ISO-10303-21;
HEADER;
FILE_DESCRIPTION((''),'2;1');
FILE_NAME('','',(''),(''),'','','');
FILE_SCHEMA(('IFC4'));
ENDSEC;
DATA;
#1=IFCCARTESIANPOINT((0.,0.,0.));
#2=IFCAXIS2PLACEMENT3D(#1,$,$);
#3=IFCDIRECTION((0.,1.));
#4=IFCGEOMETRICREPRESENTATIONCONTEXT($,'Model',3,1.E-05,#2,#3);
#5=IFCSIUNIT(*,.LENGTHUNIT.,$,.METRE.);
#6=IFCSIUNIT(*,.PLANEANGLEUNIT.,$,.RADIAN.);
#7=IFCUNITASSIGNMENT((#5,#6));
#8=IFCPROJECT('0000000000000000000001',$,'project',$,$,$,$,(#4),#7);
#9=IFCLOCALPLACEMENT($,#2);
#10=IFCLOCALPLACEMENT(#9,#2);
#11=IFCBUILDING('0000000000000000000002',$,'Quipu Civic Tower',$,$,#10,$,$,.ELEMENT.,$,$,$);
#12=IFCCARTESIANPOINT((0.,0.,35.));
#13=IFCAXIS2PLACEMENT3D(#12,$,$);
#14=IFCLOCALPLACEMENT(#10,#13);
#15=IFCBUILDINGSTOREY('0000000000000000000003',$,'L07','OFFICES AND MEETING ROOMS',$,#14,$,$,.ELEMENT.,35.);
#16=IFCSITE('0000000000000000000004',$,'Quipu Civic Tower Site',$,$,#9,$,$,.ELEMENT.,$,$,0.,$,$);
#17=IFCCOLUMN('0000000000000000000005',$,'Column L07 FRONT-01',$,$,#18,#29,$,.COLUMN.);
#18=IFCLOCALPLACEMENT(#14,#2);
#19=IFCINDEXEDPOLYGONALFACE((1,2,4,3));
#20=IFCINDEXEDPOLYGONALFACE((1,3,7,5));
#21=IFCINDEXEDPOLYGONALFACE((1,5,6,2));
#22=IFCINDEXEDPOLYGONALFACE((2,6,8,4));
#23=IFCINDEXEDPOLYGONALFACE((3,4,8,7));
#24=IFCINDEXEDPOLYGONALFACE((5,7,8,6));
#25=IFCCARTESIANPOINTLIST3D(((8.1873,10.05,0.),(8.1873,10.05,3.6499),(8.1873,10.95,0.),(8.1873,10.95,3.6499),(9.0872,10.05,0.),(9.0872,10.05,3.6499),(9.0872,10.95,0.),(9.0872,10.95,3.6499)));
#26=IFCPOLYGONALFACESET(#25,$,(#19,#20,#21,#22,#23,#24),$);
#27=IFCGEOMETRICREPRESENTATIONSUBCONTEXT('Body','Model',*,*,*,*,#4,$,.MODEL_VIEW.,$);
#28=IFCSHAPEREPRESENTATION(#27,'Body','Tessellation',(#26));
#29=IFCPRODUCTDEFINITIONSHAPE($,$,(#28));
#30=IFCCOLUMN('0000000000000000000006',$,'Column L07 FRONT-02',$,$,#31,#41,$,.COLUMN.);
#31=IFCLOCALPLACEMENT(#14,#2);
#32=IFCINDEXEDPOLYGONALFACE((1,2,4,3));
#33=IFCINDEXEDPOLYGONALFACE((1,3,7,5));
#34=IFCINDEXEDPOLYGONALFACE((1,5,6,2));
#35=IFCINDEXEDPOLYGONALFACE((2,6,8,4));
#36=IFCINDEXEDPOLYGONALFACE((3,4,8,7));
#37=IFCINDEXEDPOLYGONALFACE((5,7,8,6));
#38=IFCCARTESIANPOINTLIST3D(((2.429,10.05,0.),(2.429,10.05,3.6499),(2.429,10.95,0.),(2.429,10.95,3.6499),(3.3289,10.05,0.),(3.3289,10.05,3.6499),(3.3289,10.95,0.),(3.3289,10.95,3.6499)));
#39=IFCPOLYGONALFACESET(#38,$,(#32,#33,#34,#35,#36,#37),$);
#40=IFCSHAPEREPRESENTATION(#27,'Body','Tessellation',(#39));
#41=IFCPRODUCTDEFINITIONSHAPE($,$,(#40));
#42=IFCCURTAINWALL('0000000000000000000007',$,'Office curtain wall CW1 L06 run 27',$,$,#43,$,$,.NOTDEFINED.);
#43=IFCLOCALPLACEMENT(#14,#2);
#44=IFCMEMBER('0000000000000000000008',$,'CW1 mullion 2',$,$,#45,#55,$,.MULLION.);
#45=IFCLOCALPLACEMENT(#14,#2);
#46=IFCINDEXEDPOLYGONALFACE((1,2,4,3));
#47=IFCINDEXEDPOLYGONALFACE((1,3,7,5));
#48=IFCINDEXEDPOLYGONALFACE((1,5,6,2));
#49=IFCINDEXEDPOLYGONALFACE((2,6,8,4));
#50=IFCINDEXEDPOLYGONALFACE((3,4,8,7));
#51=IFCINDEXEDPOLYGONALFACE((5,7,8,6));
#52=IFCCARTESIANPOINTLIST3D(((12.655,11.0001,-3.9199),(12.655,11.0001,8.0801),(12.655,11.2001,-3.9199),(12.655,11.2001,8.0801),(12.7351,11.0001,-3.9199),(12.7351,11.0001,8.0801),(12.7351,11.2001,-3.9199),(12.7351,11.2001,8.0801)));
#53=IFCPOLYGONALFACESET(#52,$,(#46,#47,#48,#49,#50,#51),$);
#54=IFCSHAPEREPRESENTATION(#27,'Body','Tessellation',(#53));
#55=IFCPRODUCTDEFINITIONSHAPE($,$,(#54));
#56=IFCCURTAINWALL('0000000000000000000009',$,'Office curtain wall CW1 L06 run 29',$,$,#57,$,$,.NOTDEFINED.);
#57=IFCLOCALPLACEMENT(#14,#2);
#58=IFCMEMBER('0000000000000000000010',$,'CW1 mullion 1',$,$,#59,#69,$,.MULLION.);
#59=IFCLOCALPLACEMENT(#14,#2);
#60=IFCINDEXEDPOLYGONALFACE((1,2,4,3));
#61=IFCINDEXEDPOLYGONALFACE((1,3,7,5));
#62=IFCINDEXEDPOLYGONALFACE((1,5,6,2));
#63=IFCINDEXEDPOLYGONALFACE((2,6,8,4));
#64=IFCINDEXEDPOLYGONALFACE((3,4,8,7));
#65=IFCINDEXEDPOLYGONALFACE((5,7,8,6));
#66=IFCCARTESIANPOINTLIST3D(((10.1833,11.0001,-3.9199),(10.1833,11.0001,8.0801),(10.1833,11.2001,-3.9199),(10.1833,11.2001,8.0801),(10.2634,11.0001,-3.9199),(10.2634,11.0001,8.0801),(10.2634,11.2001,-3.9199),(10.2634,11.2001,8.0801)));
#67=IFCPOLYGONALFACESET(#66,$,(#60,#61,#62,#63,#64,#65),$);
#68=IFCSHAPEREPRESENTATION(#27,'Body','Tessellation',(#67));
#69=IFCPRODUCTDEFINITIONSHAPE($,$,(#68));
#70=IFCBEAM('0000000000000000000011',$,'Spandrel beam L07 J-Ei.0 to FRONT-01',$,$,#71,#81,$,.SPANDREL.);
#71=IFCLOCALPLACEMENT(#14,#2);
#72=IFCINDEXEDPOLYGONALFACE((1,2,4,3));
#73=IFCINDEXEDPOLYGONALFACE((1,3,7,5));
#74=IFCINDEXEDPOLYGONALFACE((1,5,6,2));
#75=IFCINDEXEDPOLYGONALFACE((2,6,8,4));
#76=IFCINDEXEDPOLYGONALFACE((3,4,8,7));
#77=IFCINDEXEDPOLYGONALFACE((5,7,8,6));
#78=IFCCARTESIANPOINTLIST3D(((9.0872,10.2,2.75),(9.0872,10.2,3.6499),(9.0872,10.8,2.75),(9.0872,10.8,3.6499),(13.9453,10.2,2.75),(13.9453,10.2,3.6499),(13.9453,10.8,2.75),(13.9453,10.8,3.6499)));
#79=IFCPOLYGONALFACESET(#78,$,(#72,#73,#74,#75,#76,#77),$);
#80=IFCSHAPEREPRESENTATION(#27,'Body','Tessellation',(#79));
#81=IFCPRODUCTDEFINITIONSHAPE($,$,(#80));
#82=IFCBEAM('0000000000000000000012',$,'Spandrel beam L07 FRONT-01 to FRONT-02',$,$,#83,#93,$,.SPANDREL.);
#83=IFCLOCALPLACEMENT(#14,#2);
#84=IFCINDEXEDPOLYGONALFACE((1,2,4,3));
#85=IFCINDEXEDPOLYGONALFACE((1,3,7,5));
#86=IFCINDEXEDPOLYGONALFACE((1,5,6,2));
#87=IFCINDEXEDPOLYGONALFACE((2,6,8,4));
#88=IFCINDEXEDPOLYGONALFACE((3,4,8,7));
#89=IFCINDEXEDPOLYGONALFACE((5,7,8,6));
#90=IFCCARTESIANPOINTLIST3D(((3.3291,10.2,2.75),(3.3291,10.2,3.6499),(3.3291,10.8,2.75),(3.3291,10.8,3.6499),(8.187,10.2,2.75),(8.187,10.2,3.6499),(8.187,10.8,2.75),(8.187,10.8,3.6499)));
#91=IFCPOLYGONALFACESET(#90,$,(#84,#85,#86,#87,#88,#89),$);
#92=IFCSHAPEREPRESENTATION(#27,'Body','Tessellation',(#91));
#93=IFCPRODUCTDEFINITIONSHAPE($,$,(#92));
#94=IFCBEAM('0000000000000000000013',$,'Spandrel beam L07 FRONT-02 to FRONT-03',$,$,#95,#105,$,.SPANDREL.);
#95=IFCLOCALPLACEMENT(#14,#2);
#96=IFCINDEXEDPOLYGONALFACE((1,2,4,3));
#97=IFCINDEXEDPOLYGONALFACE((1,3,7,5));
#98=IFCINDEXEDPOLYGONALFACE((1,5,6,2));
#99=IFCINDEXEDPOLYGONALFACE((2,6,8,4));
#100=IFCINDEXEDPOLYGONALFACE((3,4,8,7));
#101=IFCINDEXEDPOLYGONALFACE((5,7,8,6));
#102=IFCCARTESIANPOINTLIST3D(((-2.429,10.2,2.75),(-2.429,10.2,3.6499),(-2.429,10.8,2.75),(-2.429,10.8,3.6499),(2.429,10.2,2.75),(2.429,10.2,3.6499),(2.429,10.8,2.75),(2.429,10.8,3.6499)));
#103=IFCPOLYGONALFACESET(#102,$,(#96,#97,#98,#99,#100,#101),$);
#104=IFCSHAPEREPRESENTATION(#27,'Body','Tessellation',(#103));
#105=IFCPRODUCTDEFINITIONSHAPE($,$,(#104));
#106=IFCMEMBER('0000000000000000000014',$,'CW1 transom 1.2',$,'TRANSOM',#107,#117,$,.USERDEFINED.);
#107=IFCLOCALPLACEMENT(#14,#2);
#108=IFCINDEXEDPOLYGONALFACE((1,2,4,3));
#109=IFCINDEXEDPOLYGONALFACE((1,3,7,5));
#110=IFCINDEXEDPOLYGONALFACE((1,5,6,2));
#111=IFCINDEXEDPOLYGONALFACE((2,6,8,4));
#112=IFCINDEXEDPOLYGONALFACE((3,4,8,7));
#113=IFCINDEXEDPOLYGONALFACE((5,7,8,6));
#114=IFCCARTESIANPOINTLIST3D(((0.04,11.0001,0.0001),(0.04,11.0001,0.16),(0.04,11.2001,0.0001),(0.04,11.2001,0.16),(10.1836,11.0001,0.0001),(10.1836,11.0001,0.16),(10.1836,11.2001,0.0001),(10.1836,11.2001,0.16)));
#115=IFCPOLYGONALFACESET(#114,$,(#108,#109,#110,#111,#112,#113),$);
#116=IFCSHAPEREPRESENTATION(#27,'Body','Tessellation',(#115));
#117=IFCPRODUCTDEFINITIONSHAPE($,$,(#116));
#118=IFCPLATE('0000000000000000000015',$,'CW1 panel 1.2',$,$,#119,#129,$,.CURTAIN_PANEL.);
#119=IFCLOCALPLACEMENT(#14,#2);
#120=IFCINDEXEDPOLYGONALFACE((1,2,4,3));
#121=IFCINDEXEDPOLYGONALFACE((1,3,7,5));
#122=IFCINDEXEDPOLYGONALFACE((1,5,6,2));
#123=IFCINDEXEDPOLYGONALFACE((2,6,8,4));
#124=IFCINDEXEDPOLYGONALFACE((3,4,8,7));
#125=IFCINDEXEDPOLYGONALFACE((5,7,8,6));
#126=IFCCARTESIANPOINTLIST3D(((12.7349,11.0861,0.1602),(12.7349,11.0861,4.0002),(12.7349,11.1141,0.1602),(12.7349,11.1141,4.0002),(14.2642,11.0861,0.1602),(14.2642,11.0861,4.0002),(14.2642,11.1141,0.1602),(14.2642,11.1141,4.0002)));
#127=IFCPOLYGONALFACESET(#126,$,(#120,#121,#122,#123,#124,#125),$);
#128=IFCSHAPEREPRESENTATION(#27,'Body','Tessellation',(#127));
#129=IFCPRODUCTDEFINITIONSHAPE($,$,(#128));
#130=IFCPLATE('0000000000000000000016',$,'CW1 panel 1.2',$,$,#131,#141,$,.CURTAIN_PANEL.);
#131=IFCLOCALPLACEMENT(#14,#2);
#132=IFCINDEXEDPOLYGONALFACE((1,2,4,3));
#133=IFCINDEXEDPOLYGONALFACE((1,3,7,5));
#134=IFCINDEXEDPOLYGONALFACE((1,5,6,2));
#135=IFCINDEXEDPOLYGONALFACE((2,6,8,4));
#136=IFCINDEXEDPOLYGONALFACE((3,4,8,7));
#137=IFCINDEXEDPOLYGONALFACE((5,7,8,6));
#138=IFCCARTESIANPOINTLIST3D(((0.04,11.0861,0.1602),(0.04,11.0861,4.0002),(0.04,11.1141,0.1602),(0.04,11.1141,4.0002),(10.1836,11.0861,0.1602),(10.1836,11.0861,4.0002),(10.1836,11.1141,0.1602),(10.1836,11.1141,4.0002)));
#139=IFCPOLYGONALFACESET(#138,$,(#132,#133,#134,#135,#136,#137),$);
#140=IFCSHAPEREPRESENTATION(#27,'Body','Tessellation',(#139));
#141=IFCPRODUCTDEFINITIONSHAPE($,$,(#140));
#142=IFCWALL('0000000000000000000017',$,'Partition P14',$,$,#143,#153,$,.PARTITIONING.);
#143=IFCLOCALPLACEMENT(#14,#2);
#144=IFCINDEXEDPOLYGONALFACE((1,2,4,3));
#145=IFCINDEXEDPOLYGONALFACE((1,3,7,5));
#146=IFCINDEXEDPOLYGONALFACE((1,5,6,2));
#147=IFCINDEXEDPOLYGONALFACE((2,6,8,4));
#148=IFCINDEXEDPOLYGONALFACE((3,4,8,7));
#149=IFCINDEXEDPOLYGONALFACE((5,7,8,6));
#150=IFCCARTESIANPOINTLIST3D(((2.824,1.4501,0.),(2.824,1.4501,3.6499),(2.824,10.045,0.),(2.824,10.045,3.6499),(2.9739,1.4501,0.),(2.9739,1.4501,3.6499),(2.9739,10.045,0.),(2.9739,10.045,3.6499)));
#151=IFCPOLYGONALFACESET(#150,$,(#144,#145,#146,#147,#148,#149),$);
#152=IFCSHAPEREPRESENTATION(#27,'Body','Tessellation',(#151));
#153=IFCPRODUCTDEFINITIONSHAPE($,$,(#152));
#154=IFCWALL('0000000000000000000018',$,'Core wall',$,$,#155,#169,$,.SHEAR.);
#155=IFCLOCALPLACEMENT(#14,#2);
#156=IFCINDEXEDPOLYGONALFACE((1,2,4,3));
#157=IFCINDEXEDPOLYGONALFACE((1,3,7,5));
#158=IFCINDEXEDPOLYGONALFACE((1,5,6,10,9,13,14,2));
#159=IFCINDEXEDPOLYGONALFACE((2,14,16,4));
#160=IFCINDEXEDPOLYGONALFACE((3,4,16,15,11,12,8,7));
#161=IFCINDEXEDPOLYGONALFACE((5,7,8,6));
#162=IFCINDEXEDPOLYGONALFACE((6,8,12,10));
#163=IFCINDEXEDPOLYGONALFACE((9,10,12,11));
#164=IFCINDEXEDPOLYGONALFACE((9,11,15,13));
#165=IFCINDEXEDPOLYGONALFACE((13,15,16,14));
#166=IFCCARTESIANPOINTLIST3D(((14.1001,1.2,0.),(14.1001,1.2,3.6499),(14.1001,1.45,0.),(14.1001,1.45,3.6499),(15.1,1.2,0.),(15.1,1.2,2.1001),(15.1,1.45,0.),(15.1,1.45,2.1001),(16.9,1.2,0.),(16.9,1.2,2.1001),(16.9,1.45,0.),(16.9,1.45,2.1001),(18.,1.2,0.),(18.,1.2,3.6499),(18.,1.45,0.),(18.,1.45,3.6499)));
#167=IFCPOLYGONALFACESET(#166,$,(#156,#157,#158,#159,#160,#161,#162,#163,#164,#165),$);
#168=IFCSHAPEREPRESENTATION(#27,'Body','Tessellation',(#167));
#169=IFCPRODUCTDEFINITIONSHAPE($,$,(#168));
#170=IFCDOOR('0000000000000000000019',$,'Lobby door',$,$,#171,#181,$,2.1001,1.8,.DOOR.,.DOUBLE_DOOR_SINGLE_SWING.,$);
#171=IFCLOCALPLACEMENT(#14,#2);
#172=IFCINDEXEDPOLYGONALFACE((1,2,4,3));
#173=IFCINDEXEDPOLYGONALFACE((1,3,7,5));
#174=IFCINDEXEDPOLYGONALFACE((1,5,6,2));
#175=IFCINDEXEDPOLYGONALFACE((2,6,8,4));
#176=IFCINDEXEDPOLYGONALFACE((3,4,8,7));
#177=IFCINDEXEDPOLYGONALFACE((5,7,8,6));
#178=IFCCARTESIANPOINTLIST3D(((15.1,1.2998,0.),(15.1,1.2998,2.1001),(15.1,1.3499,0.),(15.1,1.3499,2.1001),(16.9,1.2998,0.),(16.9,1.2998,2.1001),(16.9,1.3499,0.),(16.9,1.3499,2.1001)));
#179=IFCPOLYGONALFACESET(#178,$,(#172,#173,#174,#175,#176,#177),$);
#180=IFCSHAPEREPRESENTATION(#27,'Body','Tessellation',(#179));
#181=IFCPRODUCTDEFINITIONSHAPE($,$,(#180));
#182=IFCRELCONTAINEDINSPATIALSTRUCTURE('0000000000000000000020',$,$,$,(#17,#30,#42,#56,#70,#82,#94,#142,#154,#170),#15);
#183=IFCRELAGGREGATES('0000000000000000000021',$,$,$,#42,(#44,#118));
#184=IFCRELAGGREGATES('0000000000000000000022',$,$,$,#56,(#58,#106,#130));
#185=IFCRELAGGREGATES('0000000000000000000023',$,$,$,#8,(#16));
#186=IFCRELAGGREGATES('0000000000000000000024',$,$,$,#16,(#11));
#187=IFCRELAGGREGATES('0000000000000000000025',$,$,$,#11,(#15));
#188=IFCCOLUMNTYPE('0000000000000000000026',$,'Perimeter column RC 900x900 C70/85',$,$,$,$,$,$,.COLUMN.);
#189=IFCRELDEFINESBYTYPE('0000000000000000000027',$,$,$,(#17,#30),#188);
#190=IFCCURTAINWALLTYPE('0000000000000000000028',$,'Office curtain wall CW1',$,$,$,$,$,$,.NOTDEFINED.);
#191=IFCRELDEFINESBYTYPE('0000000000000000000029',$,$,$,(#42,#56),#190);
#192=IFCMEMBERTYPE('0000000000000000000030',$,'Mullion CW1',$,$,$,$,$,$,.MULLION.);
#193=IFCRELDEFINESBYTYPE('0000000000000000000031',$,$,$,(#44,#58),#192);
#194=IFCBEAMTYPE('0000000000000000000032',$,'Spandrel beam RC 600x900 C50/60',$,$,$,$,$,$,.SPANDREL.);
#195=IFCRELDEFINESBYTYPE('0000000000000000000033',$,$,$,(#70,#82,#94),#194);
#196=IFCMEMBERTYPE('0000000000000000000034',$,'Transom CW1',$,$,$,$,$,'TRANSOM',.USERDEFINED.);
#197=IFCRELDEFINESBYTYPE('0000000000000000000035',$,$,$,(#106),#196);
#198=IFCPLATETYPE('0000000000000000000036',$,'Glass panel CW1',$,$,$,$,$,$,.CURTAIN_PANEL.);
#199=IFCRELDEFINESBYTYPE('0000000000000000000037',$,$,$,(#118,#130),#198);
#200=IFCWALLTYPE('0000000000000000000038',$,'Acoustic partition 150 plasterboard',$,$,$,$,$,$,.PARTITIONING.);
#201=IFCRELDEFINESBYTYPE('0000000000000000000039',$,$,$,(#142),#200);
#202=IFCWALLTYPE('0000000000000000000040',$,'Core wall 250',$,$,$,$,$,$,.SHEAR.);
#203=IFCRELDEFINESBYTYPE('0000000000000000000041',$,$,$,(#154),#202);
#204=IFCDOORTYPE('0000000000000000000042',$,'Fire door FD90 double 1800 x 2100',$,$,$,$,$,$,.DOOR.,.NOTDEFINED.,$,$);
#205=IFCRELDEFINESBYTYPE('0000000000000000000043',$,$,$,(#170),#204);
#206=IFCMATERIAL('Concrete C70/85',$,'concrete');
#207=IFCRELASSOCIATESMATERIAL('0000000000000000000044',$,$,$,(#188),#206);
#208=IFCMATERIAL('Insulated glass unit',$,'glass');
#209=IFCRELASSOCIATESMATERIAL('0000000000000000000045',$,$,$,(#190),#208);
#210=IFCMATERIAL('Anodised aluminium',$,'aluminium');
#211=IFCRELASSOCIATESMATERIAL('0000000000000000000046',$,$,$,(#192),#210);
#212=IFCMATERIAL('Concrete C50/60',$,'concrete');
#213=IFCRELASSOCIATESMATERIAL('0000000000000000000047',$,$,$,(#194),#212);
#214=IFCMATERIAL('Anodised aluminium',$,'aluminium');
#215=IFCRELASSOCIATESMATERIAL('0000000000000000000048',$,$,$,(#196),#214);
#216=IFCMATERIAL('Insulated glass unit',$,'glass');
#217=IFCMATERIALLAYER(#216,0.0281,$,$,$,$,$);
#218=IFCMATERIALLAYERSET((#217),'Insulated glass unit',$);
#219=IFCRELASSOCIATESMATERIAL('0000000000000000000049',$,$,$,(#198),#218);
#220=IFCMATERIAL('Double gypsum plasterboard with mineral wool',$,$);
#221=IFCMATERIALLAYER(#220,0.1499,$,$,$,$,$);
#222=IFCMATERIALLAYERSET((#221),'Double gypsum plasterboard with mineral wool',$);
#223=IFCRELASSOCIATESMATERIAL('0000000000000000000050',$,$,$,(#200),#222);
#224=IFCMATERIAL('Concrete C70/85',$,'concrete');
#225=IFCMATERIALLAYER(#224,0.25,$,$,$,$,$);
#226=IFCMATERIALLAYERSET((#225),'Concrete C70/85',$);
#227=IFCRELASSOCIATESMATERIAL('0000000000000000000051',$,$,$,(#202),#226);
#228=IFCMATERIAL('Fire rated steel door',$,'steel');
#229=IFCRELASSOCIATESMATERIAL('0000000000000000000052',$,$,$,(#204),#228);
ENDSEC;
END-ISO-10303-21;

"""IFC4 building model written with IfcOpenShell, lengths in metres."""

from ifc_helpers import new_model, si_unit, direction, frame, frame_2d, origin, origin_2d, place, context, subcontext, project, spatial, rectangle, extrude, material, layer, layer_set, material_profile, profile_set, type_object, element, fill, aggregate, save


model = new_model("IFC4")

# Units and contexts
model_context = context("Model", 3, precision=1e-05, world=origin(), true_north=direction((0.0, 1.0)))
body_context = subcontext(model_context, "Body", "Model", "MODEL_VIEW")
ifc_project = project(units=[si_unit("LENGTHUNIT", "METRE"), si_unit("PLANEANGLEUNIT", "RADIAN")], contexts=[model_context])

# Site, building, storey
site_placement = place(None, origin())
site = spatial("IfcSite", under=ifc_project, at=site_placement, Name="Quipu Civic Tower Site", CompositionType="ELEMENT", RefElevation=0.0)
building_placement = place(site_placement, origin())
building = spatial("IfcBuilding", under=site, at=building_placement, Name="Quipu Civic Tower", CompositionType="ELEMENT")
storey_placement = place(building_placement, frame((0.0, 0.0, 35.0)))
storey = spatial("IfcBuildingStorey", under=building, at=storey_placement, Name="L07", Description="OFFICES AND MEETING ROOMS", CompositionType="ELEMENT", Elevation=35.0)

# Columns
ifc_material_1 = material(Name="Concrete C70/85", Category="concrete")
ifc_material_profile_1 = material_profile(ifc_material_1, rectangle(XDim=0.8999, YDim=0.8999, at=origin_2d()), Name="RC900x900")
ifc_profile_set_1 = profile_set([ifc_material_profile_1], Name="Concrete C70/85")
column_type = type_object("IfcColumnType", Name="Perimeter column RC 900x900 C70/85", PredefinedType="COLUMN", material=ifc_profile_set_1)
for number, where, z_axis, x_axis, name in (
    (1, (8.6372, 10.5, 0.0), (0.0, 0.0, 1.0), (-1.0, 0.0, 0.0), "Column L07 FRONT-01"),
    (2, (2.8789, 10.5, 0.0), (0.0, 0.0, 1.0), (-1.0, 0.0, 0.0), "Column L07 FRONT-02"),
):
    element("IfcColumn", number, at=place(storey_placement, frame(where, z_axis=z_axis, x_axis=x_axis)), inside=storey, type_object=column_type, Name=name, PredefinedType="COLUMN", context=body_context, shape_type="SweptSolid", body=[
        extrude(rectangle(XDim=0.8999, YDim=0.8999, at=origin_2d()), origin(), (0.0, 0.0, 1.0), 3.6499),
    ])

# Curtain walls, members
ifc_material_2 = material(Name="Insulated glass unit", Category="glass")
curtain_wall_type = type_object("IfcCurtainWallType", Name="Office curtain wall CW1", PredefinedType="NOTDEFINED", material=ifc_material_2)
curtain_wall_1_placement = place(storey_placement, origin())
curtain_wall_1 = element("IfcCurtainWall", 3, at=curtain_wall_1_placement, inside=storey, type_object=curtain_wall_type, Name="Office curtain wall CW1 L06 run 27", PredefinedType="NOTDEFINED")
ifc_material_3 = material(Name="Anodised aluminium", Category="aluminium")
ifc_material_profile_2 = material_profile(ifc_material_3, rectangle(XDim=0.2, YDim=0.0801, at=origin_2d()), Name="RECT 200x80")
ifc_profile_set_2 = profile_set([ifc_material_profile_2], Name="Anodised aluminium")
member_type_1 = type_object("IfcMemberType", Name="Mullion CW1", PredefinedType="MULLION", material=ifc_profile_set_2)
member_1_placement = place(storey_placement, frame((12.6951, 11.1001, -3.9199), z_axis=(0.0, 0.0, 1.0), x_axis=(0.0, -1.0, 0.0)))
member_1 = element("IfcMember", 4, at=member_1_placement, type_object=member_type_1, Name="CW1 mullion 2", PredefinedType="MULLION", context=body_context, shape_type="SweptSolid", body=[
    extrude(rectangle(XDim=0.2, YDim=0.0801, at=origin_2d()), origin(), (0.0, 0.0, 1.0), 12.0),
])
curtain_wall_2_placement = place(storey_placement, origin())
curtain_wall_2 = element("IfcCurtainWall", 5, at=curtain_wall_2_placement, inside=storey, type_object=curtain_wall_type, Name="Office curtain wall CW1 L06 run 29", PredefinedType="NOTDEFINED")
member_2_placement = place(storey_placement, frame((10.2234, 11.1001, -3.9199), z_axis=(0.0, 0.0, 1.0), x_axis=(0.0, -1.0, 0.0)))
member_2 = element("IfcMember", 6, at=member_2_placement, type_object=member_type_1, Name="CW1 mullion 1", PredefinedType="MULLION", context=body_context, shape_type="SweptSolid", body=[
    extrude(rectangle(XDim=0.2, YDim=0.0801, at=origin_2d()), origin(), (0.0, 0.0, 1.0), 12.0),
])

# Beams
ifc_material_4 = material(Name="Concrete C50/60", Category="concrete")
ifc_material_profile_3 = material_profile(ifc_material_4, rectangle(XDim=0.6001, YDim=0.8999, at=origin_2d()), Name="RC600x900")
ifc_profile_set_3 = profile_set([ifc_material_profile_3], Name="Concrete C50/60")
beam_type = type_object("IfcBeamType", Name="Spandrel beam RC 600x900 C50/60", PredefinedType="SPANDREL", material=ifc_profile_set_3)
beam_placement = place(storey_placement, frame((13.9453, 10.5, 3.2), z_axis=(-1.0, 0.0, 0.0), x_axis=(0.0, -1.0, 0.0)))
element("IfcBeam", 7, at=beam_placement, inside=storey, type_object=beam_type, Name="Spandrel beam L07 J-Ei.0 to FRONT-01", PredefinedType="SPANDREL", context=body_context, shape_type="SweptSolid", body=[
    extrude(rectangle(XDim=0.6001, YDim=0.8999, at=origin_2d()), origin(), (0.0, 0.0, 1.0), 4.8582),
])
for number, where, z_axis, x_axis, name in (
    (8, (8.187, 10.5, 3.2), (-1.0, 0.0, 0.0), (0.0, -1.0, 0.0), "Spandrel beam L07 FRONT-01 to FRONT-02"),
    (9, (2.429, 10.5, 3.2), (-1.0, 0.0, 0.0), (0.0, -1.0, 0.0), "Spandrel beam L07 FRONT-02 to FRONT-03"),
):
    element("IfcBeam", number, at=place(storey_placement, frame(where, z_axis=z_axis, x_axis=x_axis)), inside=storey, type_object=beam_type, Name=name, PredefinedType="SPANDREL", context=body_context, shape_type="SweptSolid", body=[
        extrude(rectangle(XDim=0.6001, YDim=0.8999, at=origin_2d()), origin(), (0.0, 0.0, 1.0), 4.8579),
    ])

# Member
ifc_material_5 = material(Name="Anodised aluminium", Category="aluminium")
ifc_material_profile_4 = material_profile(ifc_material_5, rectangle(XDim=0.2, YDim=0.1599, at=origin_2d()), Name="RECT 200x160")
ifc_profile_set_4 = profile_set([ifc_material_profile_4], Name="Anodised aluminium")
member_type_2 = type_object("IfcMemberType", Name="Transom CW1", ElementType="TRANSOM", PredefinedType="USERDEFINED", material=ifc_profile_set_4)
member_3_placement = place(storey_placement, frame((10.1836, 11.1001, 0.0801), z_axis=(-1.0, 0.0, 0.0), x_axis=(0.0, -1.0, 0.0)))
member_3 = element("IfcMember", 10, at=member_3_placement, type_object=member_type_2, Name="CW1 transom 1.2", ObjectType="TRANSOM", PredefinedType="USERDEFINED", context=body_context, shape_type="SweptSolid", body=[
    extrude(rectangle(XDim=0.2, YDim=0.1599, at=origin_2d()), origin(), (0.0, 0.0, 1.0), 10.1436),
])

# Plates
ifc_material_6 = material(Name="Insulated glass unit", Category="glass")
ifc_layer_1 = layer(ifc_material_6, 0.0281)
ifc_layer_set_1 = layer_set([ifc_layer_1], Name="Insulated glass unit")
plate_type = type_object("IfcPlateType", Name="Glass panel CW1", PredefinedType="CURTAIN_PANEL", material=ifc_layer_set_1)
plate_1_placement = place(storey_placement, frame((13.4995, 11.1001, 0.1602), z_axis=(0.0, 0.0, 1.0), x_axis=(-1.0, 0.0, 0.0)))
plate_1 = element("IfcPlate", 11, at=plate_1_placement, type_object=plate_type, Name="CW1 panel 1.2", PredefinedType="CURTAIN_PANEL", context=body_context, shape_type="SweptSolid", body=[
    extrude(rectangle(XDim=1.5293, YDim=0.0281, at=origin_2d()), origin(), (0.0, 0.0, 1.0), 3.8401),
])
aggregate(curtain_wall_1, [member_1, plate_1])
plate_2_placement = place(storey_placement, frame((5.1118, 11.1001, 0.1602), z_axis=(0.0, 0.0, 1.0), x_axis=(-1.0, 0.0, 0.0)))
plate_2 = element("IfcPlate", 12, at=plate_2_placement, type_object=plate_type, Name="CW1 panel 1.2", PredefinedType="CURTAIN_PANEL", context=body_context, shape_type="SweptSolid", body=[
    extrude(rectangle(XDim=10.1436, YDim=0.0281, at=origin_2d()), origin(), (0.0, 0.0, 1.0), 3.8401),
])
aggregate(curtain_wall_2, [member_2, member_3, plate_2])

# Wall
ifc_material_7 = material(Name="Double gypsum plasterboard with mineral wool")
ifc_layer_2 = layer(ifc_material_7, 0.1499)
ifc_layer_set_2 = layer_set([ifc_layer_2], Name="Double gypsum plasterboard with mineral wool")
wall_type_1 = type_object("IfcWallType", Name="Acoustic partition 150 plasterboard", PredefinedType="PARTITIONING", material=ifc_layer_set_2)
wall_1_placement = place(storey_placement, frame((2.8989, 10.0449, 0.0), z_axis=(0.0, 0.0, 1.0), x_axis=(0.0, -1.0, 0.0)))
element("IfcWall", 13, at=wall_1_placement, inside=storey, type_object=wall_type_1, Name="Partition P14", PredefinedType="PARTITIONING", context=body_context, shape_type="SweptSolid", body=[
    extrude(rectangle(XDim=8.595, YDim=0.1499, at=frame_2d((4.2974, 0.0))), origin(), (0.0, 0.0, 1.0), 3.6499),
])

# Wall, opening, door
ifc_material_8 = material(Name="Concrete C70/85", Category="concrete")
ifc_layer_3 = layer(ifc_material_8, 0.25)
ifc_layer_set_3 = layer_set([ifc_layer_3], Name="Concrete C70/85")
wall_type_2 = type_object("IfcWallType", Name="Core wall 250", PredefinedType="SHEAR", material=ifc_layer_set_3)
wall_2_placement = place(storey_placement, frame((14.1001, 1.325, 0.0), z_axis=(0.0, 0.0, 1.0), x_axis=(1.0, 0.0, 0.0)))
wall_2 = element("IfcWall", 14, at=wall_2_placement, inside=storey, type_object=wall_type_2, Name="Core wall", PredefinedType="SHEAR", context=body_context, shape_type="SweptSolid", body=[
    extrude(rectangle(XDim=3.8999, YDim=0.25, at=frame_2d((1.95, 0.0))), origin(), (0.0, 0.0, 1.0), 3.6499),
])
opening_1_placement = place(wall_2_placement, frame((1.0, 0.0, 0.0)))
opening_1 = element("IfcOpeningElement", 15, at=opening_1_placement, cuts=wall_2, PredefinedType="OPENING", context=body_context, shape_type="SweptSolid", body=[
    extrude(rectangle(XDim=1.8, YDim=2.1001, at=frame_2d((0.8999, 1.05))), frame((0.0, 0.135, 0.0), z_axis=(0.0, -1.0, 0.0), x_axis=(1.0, 0.0, 0.0)), (0.0, 0.0, 1.0), 0.27),
])
ifc_material_9 = material(Name="Fire rated steel door", Category="steel")
door_type = type_object("IfcDoorType", Name="Fire door FD90 double 1800 x 2100", OperationType="NOTDEFINED", PredefinedType="DOOR", material=ifc_material_9)
door_1_placement = place(opening_1_placement, origin())
door_1 = element("IfcDoor", 16, at=door_1_placement, inside=storey, type_object=door_type, Name="Lobby door", OperationType="DOUBLE_DOOR_SINGLE_SWING", OverallHeight=2.1001, OverallWidth=1.8, PredefinedType="DOOR", context=body_context, shape_type="SweptSolid", body=[
    extrude(rectangle(XDim=1.8, YDim=2.1001, at=frame_2d((0.8999, 1.05))), frame((0.0, 0.0249, 0.0), z_axis=(0.0, -1.0, 0.0), x_axis=(1.0, 0.0, 0.0)), (0.0, 0.0, 1.0), 0.05),
])
fill(opening_1, door_1)

save(model, "model.ifc")
